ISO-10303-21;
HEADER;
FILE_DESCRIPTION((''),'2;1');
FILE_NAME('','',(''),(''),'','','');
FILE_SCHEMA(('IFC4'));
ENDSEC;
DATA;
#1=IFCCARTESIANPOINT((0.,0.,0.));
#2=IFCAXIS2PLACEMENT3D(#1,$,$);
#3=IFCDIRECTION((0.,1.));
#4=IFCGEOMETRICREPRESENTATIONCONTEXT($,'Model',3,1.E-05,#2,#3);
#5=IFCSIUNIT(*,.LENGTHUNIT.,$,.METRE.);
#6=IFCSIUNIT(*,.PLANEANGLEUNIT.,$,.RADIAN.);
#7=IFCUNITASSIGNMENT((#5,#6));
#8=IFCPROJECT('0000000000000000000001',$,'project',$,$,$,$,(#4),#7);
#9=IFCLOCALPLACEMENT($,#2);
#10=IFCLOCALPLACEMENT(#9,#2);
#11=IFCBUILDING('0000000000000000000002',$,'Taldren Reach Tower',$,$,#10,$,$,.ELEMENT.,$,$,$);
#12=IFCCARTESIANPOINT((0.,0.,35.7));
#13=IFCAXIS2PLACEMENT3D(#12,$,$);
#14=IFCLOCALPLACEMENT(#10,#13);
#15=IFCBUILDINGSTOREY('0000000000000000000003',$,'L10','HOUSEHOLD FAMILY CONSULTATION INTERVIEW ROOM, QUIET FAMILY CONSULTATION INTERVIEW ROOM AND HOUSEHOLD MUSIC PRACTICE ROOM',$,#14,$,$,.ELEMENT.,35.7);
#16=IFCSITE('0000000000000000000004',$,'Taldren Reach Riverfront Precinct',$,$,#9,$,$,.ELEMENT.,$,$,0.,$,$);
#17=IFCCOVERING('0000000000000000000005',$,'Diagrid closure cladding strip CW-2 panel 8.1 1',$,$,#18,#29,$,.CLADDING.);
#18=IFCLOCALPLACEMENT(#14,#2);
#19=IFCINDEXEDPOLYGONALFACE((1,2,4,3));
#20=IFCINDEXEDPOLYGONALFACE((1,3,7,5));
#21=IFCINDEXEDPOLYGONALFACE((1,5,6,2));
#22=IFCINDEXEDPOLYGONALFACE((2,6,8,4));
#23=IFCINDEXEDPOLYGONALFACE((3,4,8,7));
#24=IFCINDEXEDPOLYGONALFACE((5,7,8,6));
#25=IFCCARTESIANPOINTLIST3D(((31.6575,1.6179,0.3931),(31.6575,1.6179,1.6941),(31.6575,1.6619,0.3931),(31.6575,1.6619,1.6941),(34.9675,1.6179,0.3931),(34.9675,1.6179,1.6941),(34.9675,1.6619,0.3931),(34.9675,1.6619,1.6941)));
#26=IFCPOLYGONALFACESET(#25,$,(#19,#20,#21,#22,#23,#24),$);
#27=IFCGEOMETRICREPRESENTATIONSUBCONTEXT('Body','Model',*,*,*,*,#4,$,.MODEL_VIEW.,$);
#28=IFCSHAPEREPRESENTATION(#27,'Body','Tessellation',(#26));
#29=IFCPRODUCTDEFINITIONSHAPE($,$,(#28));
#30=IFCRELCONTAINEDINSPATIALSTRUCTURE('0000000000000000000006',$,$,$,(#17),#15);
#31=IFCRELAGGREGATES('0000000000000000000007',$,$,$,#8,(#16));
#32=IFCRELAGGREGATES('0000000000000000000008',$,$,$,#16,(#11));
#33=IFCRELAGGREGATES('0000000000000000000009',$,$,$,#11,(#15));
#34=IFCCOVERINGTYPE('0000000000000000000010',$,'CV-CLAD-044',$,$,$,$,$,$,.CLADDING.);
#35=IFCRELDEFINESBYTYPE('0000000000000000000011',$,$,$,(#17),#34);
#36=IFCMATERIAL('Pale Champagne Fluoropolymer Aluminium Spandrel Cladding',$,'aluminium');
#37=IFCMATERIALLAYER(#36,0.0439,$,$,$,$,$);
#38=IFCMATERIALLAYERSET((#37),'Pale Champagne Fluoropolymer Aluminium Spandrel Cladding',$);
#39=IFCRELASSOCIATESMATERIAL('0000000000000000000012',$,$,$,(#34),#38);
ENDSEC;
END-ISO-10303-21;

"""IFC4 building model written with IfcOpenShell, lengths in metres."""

from ifc_helpers import new_model, si_unit, direction, frame, origin, origin_2d, place, context, subcontext, project, spatial, rectangle, extrude, source, transform, mapped, material, layer, layer_set, type_object, element, save


model = new_model("IFC4")

# Units and contexts
model_context = context("Model", 3, precision=1e-05, world=origin(), true_north=direction((0.0, 1.0)))
body_context = subcontext(model_context, "Body", "Model", "MODEL_VIEW")
ifc_project = project(units=[si_unit("LENGTHUNIT", "METRE"), si_unit("PLANEANGLEUNIT", "RADIAN")], contexts=[model_context])

# Site, building, storey
site_placement = place(None, origin())
site = spatial("IfcSite", under=ifc_project, at=site_placement, Name="Taldren Reach Riverfront Precinct", CompositionType="ELEMENT", RefElevation=0.0)
building_placement = place(site_placement, origin())
building = spatial("IfcBuilding", under=site, at=building_placement, Name="Taldren Reach Tower", CompositionType="ELEMENT")
storey_placement = place(building_placement, frame((0.0, 0.0, 35.7)))
storey = spatial("IfcBuildingStorey", under=building, at=storey_placement, Name="L10", Description="HOUSEHOLD FAMILY CONSULTATION INTERVIEW ROOM, QUIET FAMILY CONSULTATION INTERVIEW ROOM AND HOUSEHOLD MUSIC PRACTICE ROOM", CompositionType="ELEMENT", Elevation=35.7)

# Covering
ifc_material_1 = material(Name="Pale Champagne Fluoropolymer Aluminium Spandrel Cladding", Category="aluminium")
ifc_layer_1 = layer(ifc_material_1, 0.0439)
ifc_layer_set_1 = layer_set([ifc_layer_1], Name="Pale Champagne Fluoropolymer Aluminium Spandrel Cladding")
covering_type = type_object("IfcCoveringType", Name="CV-CLAD-044", PredefinedType="CLADDING", material=ifc_layer_set_1)
shared_shape_1 = source(origin(), body_context, "Body", "SweptSolid", [
    extrude(rectangle(XDim=3.3101, YDim=0.0439, at=origin_2d()), origin(), (0.0, 0.0, 1.0), 1.301),
])
covering_placement = place(storey_placement, frame((33.3125, 1.6399, 0.3931), z_axis=(0.0, 0.0, 1.0), x_axis=(1.0, 0.0, 0.0)))
element("IfcCovering", 1, at=covering_placement, inside=storey, type_object=covering_type, Name="Diagrid closure cladding strip CW-2 panel 8.1 1", PredefinedType="CLADDING", context=body_context, shape_type="MappedRepresentation", body=[
    mapped(shared_shape_1, transform((0.0, 0.0, 0.0), scale=1.0)),
])

save(model, "model.ifc")
